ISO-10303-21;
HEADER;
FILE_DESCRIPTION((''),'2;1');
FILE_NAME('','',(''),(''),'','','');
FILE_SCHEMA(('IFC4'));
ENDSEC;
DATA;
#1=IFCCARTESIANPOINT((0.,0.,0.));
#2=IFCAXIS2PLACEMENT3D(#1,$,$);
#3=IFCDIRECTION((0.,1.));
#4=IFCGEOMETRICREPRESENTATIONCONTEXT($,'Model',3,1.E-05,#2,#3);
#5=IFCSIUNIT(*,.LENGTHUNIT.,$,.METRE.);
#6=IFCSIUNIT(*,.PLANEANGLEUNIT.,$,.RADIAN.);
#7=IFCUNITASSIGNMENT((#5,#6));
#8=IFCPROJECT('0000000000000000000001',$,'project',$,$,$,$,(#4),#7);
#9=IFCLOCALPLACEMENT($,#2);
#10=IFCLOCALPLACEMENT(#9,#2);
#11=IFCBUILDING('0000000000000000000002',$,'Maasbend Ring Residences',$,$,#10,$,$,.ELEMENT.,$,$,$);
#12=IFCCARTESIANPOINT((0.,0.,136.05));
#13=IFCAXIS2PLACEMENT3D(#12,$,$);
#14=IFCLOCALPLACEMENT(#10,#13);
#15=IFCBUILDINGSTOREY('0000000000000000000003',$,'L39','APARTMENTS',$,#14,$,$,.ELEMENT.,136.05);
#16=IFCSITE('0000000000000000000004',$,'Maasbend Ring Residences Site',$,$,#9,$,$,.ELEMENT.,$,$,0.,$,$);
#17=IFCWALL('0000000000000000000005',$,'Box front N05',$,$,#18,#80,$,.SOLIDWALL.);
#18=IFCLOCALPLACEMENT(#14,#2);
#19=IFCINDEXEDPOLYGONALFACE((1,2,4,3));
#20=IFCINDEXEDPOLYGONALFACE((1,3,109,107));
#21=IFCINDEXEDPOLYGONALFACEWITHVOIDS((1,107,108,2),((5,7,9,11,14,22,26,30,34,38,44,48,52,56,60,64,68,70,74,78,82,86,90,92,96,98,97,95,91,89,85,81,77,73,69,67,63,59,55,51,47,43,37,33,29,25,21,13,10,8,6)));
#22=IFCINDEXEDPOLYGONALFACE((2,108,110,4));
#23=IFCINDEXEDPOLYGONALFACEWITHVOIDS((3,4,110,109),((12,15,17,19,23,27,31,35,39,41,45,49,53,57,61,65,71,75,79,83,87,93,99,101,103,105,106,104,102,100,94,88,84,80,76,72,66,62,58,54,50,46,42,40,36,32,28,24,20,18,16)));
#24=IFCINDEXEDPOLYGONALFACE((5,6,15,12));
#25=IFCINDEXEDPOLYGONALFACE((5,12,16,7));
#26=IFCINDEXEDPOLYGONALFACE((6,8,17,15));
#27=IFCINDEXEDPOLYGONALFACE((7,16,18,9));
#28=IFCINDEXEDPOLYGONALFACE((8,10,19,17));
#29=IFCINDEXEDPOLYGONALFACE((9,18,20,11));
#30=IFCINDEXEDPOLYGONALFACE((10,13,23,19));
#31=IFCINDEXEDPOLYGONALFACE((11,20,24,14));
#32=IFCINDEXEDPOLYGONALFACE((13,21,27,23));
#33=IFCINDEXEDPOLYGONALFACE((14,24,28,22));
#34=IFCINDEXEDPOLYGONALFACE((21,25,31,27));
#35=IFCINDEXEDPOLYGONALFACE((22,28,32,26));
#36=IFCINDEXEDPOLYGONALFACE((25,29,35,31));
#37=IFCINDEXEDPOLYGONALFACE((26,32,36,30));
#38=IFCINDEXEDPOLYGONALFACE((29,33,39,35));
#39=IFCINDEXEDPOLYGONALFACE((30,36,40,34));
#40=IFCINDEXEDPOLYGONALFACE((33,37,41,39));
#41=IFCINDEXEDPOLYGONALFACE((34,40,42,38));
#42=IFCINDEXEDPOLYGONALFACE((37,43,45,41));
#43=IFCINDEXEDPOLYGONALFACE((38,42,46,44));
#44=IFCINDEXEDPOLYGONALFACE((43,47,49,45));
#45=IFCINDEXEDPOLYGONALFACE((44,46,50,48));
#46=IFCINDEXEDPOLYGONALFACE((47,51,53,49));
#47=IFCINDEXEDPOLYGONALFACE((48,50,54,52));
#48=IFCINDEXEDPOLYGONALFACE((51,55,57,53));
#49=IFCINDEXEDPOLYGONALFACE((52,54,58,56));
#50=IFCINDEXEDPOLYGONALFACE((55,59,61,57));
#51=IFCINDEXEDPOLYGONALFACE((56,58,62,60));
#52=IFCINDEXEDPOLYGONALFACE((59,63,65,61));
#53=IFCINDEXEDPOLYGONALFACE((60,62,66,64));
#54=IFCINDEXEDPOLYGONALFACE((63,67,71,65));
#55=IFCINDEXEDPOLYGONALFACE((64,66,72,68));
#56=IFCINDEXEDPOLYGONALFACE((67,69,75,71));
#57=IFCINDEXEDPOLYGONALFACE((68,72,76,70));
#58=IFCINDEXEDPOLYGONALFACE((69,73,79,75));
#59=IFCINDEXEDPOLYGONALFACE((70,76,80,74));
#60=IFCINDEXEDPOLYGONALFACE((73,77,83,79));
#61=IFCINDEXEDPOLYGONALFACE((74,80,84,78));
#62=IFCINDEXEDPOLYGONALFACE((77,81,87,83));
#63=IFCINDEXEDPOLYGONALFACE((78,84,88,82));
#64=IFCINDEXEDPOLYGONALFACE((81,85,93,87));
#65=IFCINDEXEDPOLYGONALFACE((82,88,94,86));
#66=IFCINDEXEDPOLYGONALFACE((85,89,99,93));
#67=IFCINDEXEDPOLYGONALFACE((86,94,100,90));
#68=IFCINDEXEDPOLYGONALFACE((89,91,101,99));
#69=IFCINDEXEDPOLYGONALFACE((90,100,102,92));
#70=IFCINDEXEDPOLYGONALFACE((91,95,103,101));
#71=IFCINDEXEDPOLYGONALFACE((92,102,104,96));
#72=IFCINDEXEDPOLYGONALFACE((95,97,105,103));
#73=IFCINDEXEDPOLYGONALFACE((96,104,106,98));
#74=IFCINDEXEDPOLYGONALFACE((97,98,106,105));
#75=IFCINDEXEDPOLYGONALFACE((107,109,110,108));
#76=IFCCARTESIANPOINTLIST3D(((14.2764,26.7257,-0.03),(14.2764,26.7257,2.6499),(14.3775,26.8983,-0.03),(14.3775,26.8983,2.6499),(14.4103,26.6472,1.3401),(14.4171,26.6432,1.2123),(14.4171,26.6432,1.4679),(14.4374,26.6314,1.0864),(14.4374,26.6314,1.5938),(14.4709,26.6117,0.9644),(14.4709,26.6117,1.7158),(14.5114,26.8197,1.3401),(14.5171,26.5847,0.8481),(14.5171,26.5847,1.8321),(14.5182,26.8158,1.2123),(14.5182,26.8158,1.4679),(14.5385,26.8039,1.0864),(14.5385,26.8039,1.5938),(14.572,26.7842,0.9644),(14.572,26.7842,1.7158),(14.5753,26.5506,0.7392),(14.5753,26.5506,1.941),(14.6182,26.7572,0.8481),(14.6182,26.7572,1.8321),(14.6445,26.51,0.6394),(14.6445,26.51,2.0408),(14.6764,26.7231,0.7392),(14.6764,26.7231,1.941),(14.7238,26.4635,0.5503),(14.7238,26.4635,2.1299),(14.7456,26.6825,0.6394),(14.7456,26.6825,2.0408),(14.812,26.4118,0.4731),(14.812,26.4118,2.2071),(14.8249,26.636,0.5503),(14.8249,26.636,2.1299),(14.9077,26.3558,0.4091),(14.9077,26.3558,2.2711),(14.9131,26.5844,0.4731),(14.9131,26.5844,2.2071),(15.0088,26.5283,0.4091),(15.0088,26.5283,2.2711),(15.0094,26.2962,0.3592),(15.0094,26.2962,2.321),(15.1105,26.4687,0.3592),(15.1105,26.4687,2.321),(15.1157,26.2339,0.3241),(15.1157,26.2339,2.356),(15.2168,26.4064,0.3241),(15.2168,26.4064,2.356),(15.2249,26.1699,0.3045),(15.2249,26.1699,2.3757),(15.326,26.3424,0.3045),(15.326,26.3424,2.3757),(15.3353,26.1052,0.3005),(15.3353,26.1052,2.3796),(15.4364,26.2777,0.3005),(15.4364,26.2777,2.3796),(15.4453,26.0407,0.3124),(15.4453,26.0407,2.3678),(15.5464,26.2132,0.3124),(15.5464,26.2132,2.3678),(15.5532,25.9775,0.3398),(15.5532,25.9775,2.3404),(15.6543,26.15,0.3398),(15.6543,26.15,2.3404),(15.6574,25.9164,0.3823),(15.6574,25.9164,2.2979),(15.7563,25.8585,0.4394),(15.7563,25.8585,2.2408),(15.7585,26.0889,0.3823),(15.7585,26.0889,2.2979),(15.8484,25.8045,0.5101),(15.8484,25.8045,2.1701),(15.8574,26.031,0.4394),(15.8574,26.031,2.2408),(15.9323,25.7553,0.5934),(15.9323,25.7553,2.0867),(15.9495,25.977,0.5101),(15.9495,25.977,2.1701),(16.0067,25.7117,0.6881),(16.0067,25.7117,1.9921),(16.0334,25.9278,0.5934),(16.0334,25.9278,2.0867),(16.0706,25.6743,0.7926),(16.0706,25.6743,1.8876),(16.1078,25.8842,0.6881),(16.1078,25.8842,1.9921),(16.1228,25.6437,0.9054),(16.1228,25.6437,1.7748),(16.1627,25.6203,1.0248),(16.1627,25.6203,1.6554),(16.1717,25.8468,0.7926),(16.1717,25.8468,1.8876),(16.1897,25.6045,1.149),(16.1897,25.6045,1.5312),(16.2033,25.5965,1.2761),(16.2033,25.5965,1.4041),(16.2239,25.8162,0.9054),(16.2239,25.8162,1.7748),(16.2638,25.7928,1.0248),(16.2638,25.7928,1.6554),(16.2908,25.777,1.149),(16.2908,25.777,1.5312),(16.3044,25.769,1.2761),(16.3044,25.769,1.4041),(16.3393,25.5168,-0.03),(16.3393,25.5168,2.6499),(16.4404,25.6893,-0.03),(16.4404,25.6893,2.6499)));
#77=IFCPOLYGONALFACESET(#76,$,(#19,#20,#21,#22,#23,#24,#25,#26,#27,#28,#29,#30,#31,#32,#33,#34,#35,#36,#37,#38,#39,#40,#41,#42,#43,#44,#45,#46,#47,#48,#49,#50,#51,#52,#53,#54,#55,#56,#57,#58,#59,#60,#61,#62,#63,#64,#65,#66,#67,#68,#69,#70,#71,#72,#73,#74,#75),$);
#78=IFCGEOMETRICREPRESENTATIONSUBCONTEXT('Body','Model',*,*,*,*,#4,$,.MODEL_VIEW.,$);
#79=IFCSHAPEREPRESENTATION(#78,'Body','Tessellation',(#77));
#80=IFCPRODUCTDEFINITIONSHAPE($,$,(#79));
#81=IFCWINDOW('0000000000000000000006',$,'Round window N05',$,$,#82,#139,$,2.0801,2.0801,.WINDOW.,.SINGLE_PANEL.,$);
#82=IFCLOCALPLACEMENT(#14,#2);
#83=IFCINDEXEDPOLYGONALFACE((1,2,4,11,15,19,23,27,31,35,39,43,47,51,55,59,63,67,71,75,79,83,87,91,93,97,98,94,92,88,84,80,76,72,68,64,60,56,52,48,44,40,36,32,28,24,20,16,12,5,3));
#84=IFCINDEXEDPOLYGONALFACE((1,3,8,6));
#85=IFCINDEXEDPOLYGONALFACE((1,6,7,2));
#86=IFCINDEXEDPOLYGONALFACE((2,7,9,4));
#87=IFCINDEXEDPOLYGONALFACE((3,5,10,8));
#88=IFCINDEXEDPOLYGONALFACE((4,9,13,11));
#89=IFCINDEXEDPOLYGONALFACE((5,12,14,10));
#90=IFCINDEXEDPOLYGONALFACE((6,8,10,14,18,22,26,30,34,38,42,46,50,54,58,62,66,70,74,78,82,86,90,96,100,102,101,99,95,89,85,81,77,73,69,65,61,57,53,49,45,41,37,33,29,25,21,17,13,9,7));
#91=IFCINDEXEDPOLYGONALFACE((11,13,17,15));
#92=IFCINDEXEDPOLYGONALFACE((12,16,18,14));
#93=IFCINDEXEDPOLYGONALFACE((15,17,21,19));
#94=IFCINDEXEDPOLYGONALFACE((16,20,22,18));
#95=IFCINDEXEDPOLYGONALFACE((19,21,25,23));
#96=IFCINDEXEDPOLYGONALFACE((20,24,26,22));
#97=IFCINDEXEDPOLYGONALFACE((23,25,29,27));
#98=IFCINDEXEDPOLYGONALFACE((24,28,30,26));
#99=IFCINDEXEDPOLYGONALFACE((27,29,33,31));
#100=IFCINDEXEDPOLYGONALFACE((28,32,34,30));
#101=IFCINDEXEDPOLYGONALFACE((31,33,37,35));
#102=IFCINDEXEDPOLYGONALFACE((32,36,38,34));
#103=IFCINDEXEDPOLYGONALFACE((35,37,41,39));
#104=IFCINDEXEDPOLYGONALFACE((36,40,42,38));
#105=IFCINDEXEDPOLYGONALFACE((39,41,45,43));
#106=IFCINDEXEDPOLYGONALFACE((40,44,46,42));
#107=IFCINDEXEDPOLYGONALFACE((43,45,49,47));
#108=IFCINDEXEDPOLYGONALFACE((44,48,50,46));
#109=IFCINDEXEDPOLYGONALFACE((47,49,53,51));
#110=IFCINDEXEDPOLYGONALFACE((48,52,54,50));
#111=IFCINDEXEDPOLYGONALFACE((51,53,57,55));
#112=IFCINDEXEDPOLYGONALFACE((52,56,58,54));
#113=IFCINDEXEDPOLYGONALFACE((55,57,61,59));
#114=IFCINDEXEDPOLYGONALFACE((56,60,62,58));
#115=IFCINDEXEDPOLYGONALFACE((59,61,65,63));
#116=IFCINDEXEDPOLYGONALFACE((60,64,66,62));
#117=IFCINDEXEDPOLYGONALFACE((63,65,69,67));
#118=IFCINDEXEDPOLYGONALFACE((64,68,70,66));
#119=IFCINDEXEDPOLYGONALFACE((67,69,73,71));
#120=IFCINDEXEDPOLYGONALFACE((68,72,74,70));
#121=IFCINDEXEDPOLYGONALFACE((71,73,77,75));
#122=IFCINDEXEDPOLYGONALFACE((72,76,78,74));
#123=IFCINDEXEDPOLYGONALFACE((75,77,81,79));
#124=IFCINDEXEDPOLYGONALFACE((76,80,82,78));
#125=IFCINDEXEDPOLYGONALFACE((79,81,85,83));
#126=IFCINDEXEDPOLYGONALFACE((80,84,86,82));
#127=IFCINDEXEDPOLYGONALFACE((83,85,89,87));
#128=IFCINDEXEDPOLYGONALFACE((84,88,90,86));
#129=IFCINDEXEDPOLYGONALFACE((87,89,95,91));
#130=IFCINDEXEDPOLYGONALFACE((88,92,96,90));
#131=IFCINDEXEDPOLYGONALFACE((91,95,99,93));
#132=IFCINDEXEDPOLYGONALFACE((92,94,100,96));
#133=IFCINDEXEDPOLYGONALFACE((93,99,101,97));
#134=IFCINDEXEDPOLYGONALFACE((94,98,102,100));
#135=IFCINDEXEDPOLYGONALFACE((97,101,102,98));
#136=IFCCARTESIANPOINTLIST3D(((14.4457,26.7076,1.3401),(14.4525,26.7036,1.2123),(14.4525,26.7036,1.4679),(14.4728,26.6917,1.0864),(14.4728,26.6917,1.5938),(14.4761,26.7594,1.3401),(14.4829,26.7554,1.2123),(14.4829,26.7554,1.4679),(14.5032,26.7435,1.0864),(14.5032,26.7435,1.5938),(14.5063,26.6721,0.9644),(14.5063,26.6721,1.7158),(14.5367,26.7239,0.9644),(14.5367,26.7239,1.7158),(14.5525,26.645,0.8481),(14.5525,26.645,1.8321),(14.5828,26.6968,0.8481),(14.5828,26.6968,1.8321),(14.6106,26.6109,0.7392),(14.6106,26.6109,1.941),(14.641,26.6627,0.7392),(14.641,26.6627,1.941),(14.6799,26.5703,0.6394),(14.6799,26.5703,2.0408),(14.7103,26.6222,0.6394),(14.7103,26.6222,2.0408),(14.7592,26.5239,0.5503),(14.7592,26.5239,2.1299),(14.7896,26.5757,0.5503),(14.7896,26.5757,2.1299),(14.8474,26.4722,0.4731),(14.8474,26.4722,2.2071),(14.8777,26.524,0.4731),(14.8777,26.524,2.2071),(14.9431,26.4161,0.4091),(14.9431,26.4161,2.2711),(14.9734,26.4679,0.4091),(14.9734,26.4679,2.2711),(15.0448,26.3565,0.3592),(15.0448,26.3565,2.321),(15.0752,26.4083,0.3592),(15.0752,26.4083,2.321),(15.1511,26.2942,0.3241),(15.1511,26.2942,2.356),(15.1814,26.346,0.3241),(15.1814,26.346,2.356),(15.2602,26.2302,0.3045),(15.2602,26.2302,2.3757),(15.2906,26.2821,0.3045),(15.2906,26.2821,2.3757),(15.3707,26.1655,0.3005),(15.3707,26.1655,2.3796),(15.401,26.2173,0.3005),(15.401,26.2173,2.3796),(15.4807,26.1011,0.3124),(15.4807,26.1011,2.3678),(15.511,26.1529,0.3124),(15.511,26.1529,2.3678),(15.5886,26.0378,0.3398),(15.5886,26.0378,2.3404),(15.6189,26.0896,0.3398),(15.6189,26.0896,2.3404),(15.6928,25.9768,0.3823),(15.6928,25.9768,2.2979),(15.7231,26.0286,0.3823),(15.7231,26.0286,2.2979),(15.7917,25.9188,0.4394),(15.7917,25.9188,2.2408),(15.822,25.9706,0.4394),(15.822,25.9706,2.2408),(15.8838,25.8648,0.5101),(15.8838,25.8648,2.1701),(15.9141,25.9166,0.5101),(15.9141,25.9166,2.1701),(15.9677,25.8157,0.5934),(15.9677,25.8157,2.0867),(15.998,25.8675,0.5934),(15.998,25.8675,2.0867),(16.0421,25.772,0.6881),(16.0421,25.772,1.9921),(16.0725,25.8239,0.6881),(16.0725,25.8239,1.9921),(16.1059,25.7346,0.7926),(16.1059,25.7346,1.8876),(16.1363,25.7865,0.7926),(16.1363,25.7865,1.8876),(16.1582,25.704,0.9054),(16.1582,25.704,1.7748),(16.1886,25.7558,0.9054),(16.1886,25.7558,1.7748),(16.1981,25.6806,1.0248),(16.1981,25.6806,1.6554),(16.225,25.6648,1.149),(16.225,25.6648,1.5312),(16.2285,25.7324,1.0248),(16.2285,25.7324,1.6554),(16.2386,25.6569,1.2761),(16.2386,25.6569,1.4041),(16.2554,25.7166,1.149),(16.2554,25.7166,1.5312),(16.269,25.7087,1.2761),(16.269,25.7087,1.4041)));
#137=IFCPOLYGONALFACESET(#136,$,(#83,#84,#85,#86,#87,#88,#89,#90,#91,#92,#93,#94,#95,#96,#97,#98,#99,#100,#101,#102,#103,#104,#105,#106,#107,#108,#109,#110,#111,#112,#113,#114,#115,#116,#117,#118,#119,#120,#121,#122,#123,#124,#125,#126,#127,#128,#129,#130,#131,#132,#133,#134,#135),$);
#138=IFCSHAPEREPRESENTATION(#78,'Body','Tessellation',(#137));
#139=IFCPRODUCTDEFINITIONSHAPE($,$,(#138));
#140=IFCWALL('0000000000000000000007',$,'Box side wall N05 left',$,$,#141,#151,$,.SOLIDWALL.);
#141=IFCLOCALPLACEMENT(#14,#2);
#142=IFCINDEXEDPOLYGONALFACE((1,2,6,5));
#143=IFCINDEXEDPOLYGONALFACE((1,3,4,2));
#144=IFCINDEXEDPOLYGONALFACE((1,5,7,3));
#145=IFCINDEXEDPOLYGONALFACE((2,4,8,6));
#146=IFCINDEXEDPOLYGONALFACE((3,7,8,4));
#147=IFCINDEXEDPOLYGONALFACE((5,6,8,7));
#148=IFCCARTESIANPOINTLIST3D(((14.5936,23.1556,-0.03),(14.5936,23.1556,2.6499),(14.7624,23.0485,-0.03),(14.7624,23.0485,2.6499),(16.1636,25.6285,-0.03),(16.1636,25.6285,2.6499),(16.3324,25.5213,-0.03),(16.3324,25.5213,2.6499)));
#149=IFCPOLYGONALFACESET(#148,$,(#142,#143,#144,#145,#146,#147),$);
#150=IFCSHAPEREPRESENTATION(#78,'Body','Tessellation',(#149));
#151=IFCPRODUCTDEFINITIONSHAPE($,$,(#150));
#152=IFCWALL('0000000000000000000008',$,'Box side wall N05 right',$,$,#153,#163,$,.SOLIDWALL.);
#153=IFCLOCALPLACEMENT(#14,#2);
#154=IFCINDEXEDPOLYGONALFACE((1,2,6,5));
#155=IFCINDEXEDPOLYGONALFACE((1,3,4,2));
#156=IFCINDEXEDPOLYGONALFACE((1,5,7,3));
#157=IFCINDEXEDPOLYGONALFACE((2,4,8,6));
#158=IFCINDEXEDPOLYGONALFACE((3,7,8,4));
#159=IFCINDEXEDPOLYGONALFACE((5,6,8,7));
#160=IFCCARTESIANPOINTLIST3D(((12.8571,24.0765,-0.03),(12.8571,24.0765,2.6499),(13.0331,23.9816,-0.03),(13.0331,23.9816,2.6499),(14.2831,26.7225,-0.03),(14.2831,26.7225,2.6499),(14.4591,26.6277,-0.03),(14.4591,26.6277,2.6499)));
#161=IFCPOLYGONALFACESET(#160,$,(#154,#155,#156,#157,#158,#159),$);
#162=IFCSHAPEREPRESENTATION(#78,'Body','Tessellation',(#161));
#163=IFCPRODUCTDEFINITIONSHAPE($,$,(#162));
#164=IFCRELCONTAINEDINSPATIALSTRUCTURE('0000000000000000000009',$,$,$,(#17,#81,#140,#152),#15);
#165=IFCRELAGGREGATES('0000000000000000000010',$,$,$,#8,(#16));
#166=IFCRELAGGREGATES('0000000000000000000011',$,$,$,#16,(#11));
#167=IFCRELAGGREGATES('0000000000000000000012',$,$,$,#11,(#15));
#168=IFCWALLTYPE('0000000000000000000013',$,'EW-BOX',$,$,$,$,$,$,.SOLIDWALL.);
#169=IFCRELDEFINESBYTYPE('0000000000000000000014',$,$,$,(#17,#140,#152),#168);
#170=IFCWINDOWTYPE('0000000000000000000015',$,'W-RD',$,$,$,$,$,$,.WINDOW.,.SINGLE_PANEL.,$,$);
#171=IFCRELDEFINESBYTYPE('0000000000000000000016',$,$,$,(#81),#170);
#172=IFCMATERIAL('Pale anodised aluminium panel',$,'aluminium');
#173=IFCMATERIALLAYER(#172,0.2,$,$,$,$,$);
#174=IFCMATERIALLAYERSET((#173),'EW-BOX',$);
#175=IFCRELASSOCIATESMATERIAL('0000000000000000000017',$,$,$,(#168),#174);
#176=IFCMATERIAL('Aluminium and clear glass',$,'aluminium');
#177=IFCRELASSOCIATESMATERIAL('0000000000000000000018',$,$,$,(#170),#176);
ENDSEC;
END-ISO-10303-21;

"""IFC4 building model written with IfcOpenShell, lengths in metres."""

from ifc_helpers import new_model, si_unit, direction, frame, frame_2d, origin, place, context, subcontext, project, spatial, rectangle, circle, extrude, material, layer, layer_set, type_object, element, fill, save


model = new_model("IFC4")

# Units and contexts
model_context = context("Model", 3, precision=1e-05, world=origin(), true_north=direction((0.0, 1.0)))
body_context = subcontext(model_context, "Body", "Model", "MODEL_VIEW")
ifc_project = project(units=[si_unit("LENGTHUNIT", "METRE"), si_unit("PLANEANGLEUNIT", "RADIAN")], contexts=[model_context])

# Site, building, storey
site_placement = place(None, origin())
site = spatial("IfcSite", under=ifc_project, at=site_placement, Name="Maasbend Ring Residences Site", CompositionType="ELEMENT", RefElevation=0.0)
building_placement = place(site_placement, origin())
building = spatial("IfcBuilding", under=site, at=building_placement, Name="Maasbend Ring Residences", CompositionType="ELEMENT")
storey_placement = place(building_placement, frame((0.0, 0.0, 136.05)))
storey = spatial("IfcBuildingStorey", under=building, at=storey_placement, Name="L39", Description="APARTMENTS", CompositionType="ELEMENT", Elevation=136.05)

# Shared definitions
ifc_material_1 = material(Name="Pale anodised aluminium panel", Category="aluminium")
ifc_layer_1 = layer(ifc_material_1, 0.2)
ifc_layer_set_1 = layer_set([ifc_layer_1], Name="EW-BOX")
wall_type_1 = type_object("IfcWallType", Name="EW-BOX", PredefinedType="SOLIDWALL", material=ifc_layer_set_1)
ifc_material_2 = material(Name="Aluminium and clear glass", Category="aluminium")
window_type_1 = type_object("IfcWindowType", Name="W-RD", PartitioningType="SINGLE_PANEL", PredefinedType="WINDOW", material=ifc_material_2)

# Wall, opening, window
wall_1_placement = place(storey_placement, frame((16.3899, 25.603, -0.03), z_axis=(0.0, 0.0, 1.0), x_axis=(-0.862762, 0.505609, 0.0)))
wall_1 = element("IfcWall", 1, at=wall_1_placement, inside=storey, type_object=wall_type_1, Name="Box front N05", PredefinedType="SOLIDWALL", context=body_context, shape_type="SweptSolid", body=[
    extrude(rectangle(XDim=2.3911, YDim=0.2, at=frame_2d((1.1956, 0.0))), origin(), (0.0, 0.0, 1.0), 2.6799),
])
opening_1_placement = place(wall_1_placement, frame((0.1558, 0.0, 0.3301)))
opening_1 = element("IfcOpeningElement", 2, at=opening_1_placement, cuts=wall_1, PredefinedType="OPENING", context=body_context, shape_type="SweptSolid", body=[
    extrude(circle(Radius=1.04, at=frame_2d((1.04, 1.04))), frame((0.0, 0.1099, 0.0), z_axis=(0.0, -1.0, 0.0), x_axis=(1.0, 0.0, 0.0)), (0.0, 0.0, 1.0), 0.22),
])
window_1_placement = place(opening_1_placement, origin())
window_1 = element("IfcWindow", 3, at=window_1_placement, inside=storey, type_object=window_type_1, Name="Round window N05", OverallHeight=2.0801, OverallWidth=2.0801, PartitioningType="SINGLE_PANEL", PredefinedType="WINDOW", context=body_context, shape_type="SweptSolid", body=[
    extrude(circle(Radius=1.04, at=frame_2d((1.04, 1.04))), frame((0.0, 0.03, 0.0), z_axis=(0.0, -1.0, 0.0), x_axis=(1.0, 0.0, 0.0)), (0.0, 0.0, 1.0), 0.0601),
])
fill(opening_1, window_1)

# Walls
wall_2_placement = place(storey_placement, frame((14.678, 23.1021, -0.03), z_axis=(0.0, 0.0, 1.0), x_axis=(0.536002, 0.844217, 0.0)))
element("IfcWall", 4, at=wall_2_placement, inside=storey, type_object=wall_type_1, Name="Box side wall N05 left", PredefinedType="SOLIDWALL", context=body_context, shape_type="SweptSolid", body=[
    extrude(rectangle(XDim=2.9292, YDim=0.2, at=frame_2d((1.4646, 0.0))), origin(), (0.0, 0.0, 1.0), 2.6799),
])
wall_3_placement = place(storey_placement, frame((12.9451, 24.0291, -0.03), z_axis=(0.0, 0.0, 1.0), x_axis=(0.474424, 0.880296, 0.0)))
element("IfcWall", 5, at=wall_3_placement, inside=storey, type_object=wall_type_1, Name="Box side wall N05 right", PredefinedType="SOLIDWALL", context=body_context, shape_type="SweptSolid", body=[
    extrude(rectangle(XDim=3.0059, YDim=0.2, at=frame_2d((1.5029, 0.0))), origin(), (0.0, 0.0, 1.0), 2.6799),
])

save(model, "model.ifc")
